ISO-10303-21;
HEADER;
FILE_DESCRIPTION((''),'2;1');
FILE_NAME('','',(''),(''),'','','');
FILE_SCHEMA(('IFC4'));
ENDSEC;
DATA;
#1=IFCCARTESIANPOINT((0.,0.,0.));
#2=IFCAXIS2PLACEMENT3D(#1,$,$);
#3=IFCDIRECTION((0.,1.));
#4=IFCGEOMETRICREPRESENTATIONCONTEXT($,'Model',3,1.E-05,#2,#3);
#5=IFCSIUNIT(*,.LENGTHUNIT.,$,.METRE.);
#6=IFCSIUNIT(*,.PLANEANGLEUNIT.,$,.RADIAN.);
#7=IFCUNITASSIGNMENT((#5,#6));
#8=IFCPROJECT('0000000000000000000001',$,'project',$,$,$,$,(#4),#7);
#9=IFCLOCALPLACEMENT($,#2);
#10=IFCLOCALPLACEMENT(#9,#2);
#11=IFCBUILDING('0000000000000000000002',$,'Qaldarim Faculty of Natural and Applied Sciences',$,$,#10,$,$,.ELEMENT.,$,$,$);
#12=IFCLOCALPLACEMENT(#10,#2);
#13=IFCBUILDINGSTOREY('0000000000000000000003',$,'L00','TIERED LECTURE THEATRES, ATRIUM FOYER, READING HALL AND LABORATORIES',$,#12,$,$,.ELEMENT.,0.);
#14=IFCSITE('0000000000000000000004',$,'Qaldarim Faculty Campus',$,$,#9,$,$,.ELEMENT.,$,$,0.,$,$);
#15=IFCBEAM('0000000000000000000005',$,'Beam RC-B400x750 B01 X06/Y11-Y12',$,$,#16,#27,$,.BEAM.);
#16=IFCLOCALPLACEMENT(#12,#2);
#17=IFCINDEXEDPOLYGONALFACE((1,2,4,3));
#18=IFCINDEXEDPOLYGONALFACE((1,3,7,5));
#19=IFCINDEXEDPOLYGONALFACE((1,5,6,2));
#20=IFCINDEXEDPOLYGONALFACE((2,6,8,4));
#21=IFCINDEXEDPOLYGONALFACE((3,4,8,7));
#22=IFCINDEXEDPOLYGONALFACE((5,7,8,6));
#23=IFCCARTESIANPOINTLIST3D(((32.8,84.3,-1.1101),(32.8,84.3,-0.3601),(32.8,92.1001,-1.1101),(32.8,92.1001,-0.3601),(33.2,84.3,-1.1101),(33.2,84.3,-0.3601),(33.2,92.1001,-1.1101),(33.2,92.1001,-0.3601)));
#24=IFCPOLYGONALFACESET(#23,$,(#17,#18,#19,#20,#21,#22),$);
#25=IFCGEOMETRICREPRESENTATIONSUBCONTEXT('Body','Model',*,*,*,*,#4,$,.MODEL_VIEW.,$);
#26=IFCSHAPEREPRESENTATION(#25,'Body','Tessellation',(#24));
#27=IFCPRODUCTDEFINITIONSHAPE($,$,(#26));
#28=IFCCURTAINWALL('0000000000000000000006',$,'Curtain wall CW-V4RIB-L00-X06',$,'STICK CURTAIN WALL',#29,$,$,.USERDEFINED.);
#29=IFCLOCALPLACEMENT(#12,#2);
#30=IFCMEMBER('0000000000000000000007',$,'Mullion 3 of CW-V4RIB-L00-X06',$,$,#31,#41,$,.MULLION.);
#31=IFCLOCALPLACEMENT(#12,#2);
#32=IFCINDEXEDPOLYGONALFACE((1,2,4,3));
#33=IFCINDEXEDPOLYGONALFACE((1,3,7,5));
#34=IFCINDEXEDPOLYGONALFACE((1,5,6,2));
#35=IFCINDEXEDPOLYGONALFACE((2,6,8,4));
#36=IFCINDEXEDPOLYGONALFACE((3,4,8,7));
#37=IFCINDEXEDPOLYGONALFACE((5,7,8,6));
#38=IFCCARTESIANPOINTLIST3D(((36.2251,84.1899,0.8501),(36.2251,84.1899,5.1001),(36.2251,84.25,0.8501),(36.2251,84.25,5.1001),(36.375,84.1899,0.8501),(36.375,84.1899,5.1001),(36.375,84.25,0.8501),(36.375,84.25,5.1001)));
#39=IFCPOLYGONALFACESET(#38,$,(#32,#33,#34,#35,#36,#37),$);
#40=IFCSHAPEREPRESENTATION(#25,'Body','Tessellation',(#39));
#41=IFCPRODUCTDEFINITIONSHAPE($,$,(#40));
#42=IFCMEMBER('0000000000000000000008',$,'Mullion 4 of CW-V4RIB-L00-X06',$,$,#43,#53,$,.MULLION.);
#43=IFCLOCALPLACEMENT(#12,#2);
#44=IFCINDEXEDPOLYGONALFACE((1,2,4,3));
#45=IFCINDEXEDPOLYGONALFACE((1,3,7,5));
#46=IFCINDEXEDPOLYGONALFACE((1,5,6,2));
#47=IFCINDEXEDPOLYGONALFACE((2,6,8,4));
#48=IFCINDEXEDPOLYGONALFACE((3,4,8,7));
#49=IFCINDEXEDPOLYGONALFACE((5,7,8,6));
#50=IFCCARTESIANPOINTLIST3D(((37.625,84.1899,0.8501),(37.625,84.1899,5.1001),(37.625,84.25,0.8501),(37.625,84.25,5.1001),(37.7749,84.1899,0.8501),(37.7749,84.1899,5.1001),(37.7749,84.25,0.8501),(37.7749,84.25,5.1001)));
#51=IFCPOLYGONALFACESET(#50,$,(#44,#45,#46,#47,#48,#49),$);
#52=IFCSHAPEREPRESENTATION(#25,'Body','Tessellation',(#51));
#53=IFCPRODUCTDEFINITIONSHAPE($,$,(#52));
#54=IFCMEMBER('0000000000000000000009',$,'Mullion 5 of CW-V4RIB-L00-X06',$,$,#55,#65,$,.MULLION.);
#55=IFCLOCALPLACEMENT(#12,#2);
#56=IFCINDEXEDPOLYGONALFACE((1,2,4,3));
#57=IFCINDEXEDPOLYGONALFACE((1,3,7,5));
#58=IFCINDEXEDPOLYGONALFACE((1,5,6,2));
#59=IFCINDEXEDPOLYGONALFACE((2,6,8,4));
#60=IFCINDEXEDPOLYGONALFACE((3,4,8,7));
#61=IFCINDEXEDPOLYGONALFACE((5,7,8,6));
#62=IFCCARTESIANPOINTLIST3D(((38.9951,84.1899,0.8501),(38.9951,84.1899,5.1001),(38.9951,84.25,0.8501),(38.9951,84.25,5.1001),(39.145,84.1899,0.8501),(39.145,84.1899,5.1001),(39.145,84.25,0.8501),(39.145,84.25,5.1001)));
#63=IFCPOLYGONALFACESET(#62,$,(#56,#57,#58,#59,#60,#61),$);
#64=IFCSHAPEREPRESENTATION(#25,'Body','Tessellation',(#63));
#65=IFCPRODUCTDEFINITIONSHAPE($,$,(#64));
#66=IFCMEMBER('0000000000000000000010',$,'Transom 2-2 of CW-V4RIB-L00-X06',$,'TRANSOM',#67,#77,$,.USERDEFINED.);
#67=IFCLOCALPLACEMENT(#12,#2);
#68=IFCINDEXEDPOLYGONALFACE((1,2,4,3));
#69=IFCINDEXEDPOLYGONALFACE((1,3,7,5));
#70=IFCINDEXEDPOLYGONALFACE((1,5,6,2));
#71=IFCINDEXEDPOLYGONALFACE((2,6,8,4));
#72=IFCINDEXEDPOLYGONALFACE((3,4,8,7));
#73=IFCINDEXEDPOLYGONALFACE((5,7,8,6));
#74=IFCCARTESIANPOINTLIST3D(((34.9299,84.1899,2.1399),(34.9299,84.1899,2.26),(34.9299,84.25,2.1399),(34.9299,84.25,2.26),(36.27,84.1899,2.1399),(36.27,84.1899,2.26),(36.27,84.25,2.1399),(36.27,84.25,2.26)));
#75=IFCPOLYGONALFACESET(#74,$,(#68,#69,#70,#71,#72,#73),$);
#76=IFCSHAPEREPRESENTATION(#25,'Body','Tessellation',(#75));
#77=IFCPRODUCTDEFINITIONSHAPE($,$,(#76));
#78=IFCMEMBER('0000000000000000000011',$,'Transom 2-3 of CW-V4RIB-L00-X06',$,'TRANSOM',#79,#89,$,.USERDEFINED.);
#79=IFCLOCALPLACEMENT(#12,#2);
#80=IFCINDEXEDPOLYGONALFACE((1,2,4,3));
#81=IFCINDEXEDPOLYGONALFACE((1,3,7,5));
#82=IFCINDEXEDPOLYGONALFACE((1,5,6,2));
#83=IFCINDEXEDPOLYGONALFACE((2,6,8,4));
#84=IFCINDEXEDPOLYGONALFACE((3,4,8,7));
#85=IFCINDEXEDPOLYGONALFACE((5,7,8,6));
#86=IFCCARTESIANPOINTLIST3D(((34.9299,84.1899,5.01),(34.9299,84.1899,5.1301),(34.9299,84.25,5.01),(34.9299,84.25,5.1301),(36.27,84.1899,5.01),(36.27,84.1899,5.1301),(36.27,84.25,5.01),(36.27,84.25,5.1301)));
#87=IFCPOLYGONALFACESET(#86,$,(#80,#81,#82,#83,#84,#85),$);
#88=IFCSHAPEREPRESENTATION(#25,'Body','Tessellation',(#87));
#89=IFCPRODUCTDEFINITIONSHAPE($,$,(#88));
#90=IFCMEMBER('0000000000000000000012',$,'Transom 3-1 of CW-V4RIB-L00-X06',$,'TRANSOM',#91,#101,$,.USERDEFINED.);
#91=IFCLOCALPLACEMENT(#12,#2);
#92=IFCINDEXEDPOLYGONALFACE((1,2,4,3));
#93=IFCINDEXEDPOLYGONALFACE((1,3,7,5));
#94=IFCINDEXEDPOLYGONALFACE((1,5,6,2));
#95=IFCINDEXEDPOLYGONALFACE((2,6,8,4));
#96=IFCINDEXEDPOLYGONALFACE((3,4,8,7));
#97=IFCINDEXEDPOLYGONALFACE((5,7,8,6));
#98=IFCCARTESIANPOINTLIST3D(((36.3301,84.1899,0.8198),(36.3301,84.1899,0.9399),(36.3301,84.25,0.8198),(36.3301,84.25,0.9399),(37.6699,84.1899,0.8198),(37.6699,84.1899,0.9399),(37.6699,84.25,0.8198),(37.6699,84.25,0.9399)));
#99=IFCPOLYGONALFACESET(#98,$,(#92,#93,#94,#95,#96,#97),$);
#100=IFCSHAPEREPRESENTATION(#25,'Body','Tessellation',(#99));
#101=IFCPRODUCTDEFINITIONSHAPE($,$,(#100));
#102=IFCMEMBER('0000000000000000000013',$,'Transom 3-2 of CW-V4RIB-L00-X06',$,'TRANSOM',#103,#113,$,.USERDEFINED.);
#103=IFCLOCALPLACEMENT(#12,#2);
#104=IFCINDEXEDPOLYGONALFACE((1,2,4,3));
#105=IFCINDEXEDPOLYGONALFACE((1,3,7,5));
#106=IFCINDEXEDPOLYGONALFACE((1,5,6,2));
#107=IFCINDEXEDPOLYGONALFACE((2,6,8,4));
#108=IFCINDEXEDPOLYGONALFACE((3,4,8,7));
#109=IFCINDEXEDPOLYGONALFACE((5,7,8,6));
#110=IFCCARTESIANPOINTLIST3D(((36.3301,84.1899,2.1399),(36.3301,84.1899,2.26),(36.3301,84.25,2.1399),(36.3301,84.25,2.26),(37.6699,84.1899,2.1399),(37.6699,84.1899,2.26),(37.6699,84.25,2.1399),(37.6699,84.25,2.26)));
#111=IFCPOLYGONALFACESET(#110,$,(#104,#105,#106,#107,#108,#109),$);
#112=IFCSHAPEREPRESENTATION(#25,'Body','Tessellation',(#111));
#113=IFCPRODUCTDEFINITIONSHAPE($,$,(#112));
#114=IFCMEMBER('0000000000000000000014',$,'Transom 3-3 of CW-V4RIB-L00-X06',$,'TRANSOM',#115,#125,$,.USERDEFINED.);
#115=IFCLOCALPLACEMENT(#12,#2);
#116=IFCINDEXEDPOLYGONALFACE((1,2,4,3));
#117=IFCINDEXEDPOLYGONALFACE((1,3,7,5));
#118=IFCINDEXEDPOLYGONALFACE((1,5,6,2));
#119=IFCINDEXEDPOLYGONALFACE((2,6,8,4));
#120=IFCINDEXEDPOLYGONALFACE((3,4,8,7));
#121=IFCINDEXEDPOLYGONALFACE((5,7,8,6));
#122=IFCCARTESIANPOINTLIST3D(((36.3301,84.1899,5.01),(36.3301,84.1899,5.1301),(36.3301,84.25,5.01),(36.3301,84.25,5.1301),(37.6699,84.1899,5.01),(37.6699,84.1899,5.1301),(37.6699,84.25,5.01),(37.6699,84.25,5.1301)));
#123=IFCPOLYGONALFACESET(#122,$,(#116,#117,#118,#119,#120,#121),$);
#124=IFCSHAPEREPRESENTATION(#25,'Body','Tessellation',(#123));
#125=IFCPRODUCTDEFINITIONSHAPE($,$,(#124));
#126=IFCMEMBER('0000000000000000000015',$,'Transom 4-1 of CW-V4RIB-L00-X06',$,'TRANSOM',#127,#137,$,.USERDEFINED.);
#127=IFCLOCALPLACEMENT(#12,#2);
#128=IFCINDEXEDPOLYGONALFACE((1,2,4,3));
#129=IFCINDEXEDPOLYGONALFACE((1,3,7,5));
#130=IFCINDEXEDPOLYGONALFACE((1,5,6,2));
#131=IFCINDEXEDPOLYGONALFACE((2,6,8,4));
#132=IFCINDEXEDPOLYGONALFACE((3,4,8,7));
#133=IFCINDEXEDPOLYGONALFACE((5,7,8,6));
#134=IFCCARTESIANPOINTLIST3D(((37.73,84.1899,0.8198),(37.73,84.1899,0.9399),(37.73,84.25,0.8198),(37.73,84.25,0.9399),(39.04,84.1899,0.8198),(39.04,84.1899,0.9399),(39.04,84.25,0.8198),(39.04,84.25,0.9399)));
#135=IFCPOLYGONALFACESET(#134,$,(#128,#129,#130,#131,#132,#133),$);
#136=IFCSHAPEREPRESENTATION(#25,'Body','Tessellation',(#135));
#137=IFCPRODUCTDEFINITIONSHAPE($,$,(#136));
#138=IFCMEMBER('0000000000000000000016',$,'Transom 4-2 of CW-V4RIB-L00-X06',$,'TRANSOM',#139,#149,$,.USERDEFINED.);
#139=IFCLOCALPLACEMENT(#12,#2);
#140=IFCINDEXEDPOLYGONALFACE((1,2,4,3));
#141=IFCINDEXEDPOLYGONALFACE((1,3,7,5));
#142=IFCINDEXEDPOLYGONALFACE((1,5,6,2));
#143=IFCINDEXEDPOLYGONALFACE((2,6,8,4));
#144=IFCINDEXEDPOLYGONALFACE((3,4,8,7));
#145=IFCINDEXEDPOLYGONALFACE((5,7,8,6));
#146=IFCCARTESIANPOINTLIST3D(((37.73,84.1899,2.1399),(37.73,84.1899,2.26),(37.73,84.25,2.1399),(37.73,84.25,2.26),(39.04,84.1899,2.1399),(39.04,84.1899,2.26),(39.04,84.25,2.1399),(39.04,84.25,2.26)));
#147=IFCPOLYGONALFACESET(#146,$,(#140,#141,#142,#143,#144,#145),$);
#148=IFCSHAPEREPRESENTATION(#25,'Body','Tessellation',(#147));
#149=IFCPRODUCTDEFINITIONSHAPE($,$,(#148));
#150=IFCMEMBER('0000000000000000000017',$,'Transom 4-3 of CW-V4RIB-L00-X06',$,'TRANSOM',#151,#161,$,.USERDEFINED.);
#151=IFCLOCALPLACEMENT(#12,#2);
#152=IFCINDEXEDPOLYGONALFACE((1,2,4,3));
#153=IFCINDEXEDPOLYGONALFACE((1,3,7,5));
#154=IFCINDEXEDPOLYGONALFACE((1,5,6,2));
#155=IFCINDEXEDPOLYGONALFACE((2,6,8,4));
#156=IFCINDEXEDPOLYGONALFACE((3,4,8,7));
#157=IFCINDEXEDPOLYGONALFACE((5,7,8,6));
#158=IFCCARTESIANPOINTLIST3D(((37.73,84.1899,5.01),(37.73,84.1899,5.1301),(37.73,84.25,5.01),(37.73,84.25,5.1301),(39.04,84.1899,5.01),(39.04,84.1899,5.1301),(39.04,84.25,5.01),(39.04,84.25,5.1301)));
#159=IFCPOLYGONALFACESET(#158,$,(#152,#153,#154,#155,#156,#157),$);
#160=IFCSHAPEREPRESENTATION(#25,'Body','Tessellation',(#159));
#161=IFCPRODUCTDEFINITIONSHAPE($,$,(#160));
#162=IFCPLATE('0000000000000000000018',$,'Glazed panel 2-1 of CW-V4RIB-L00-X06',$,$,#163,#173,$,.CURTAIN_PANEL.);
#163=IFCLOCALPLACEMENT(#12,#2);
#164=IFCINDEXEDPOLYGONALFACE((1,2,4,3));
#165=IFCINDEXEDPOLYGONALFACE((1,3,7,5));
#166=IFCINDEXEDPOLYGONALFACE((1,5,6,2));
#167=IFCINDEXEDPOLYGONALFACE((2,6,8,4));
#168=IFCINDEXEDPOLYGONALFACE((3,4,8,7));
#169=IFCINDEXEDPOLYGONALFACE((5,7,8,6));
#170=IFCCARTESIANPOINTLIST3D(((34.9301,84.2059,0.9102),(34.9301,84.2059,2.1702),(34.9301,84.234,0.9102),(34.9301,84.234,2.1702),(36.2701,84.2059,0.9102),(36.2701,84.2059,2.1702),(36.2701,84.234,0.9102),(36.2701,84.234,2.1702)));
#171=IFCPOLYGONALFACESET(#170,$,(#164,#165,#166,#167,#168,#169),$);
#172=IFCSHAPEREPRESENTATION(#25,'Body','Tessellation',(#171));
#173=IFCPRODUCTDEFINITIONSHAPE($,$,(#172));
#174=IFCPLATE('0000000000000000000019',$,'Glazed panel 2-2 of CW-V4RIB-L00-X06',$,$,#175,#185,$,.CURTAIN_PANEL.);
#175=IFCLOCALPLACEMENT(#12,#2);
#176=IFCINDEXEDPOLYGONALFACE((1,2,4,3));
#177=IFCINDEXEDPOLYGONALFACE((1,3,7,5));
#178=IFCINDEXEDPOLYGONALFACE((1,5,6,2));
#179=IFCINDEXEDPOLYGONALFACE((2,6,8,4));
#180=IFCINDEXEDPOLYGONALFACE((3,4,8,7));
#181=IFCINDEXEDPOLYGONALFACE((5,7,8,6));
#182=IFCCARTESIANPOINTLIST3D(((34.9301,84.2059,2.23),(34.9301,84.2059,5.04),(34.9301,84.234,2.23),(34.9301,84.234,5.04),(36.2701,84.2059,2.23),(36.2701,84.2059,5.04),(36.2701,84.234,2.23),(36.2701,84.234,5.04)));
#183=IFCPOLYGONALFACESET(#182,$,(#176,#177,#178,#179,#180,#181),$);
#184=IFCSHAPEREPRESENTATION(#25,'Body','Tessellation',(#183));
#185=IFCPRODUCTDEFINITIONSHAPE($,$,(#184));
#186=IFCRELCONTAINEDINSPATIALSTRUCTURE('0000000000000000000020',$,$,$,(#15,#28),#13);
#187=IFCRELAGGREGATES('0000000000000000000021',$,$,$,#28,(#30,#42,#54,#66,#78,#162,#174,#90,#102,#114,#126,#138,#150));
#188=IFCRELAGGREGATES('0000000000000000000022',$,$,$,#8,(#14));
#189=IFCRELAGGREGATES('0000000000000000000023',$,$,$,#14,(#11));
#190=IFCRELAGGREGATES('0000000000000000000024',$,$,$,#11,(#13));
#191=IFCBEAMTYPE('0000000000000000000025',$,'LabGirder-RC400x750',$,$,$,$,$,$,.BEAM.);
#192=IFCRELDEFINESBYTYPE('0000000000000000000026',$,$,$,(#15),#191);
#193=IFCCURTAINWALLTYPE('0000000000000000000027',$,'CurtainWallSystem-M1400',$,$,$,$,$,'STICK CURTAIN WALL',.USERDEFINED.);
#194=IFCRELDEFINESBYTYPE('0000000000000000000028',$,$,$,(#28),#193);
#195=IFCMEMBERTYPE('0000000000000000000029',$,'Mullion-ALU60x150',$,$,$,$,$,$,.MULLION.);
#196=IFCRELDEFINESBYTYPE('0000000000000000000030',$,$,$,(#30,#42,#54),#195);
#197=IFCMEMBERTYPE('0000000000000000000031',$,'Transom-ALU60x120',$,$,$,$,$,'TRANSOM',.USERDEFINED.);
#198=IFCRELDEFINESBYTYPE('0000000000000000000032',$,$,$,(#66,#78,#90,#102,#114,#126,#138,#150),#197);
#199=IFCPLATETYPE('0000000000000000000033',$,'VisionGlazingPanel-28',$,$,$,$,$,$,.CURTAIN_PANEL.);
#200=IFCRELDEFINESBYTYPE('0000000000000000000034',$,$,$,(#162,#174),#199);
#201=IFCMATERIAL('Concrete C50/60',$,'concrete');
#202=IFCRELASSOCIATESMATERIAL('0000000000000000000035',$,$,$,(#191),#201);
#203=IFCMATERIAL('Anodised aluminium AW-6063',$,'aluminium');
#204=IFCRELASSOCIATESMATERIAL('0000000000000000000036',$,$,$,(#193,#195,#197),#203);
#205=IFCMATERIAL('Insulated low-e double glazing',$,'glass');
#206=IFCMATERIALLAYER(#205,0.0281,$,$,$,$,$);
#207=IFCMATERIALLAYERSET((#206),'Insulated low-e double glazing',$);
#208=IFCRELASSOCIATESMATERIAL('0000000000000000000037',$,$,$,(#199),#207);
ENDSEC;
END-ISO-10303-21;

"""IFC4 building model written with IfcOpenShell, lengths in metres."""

from ifc_helpers import new_model, si_unit, direction, frame, origin, origin_2d, place, context, subcontext, project, spatial, rectangle, extrude, material, layer, layer_set, material_profile, profile_set, type_object, element, aggregate, save


model = new_model("IFC4")

# Units and contexts
model_context = context("Model", 3, precision=1e-05, world=origin(), true_north=direction((0.0, 1.0)))
body_context = subcontext(model_context, "Body", "Model", "MODEL_VIEW")
ifc_project = project(units=[si_unit("LENGTHUNIT", "METRE"), si_unit("PLANEANGLEUNIT", "RADIAN")], contexts=[model_context])

# Site, building, storey
site_placement = place(None, origin())
site = spatial("IfcSite", under=ifc_project, at=site_placement, Name="Qaldarim Faculty Campus", CompositionType="ELEMENT", RefElevation=0.0)
building_placement = place(site_placement, origin())
building = spatial("IfcBuilding", under=site, at=building_placement, Name="Qaldarim Faculty of Natural and Applied Sciences", CompositionType="ELEMENT")
storey_placement = place(building_placement, origin())
storey = spatial("IfcBuildingStorey", under=building, at=storey_placement, Name="L00", Description="TIERED LECTURE THEATRES, ATRIUM FOYER, READING HALL AND LABORATORIES", CompositionType="ELEMENT", Elevation=0.0)

# Beam
ifc_material_1 = material(Name="Concrete C50/60", Category="concrete")
ifc_material_profile_1 = material_profile(ifc_material_1, rectangle(XDim=0.3999, YDim=0.75, at=origin_2d()), Name="RC-B400x750")
ifc_profile_set_1 = profile_set([ifc_material_profile_1], Name="Concrete C50/60")
beam_type = type_object("IfcBeamType", Name="LabGirder-RC400x750", PredefinedType="BEAM", material=ifc_profile_set_1)
beam_placement = place(storey_placement, frame((33.0, 84.3, -0.7351), z_axis=(0.0, 1.0, 0.0), x_axis=(-1.0, 0.0, 0.0)))
element("IfcBeam", 1, at=beam_placement, inside=storey, type_object=beam_type, Name="Beam RC-B400x750 B01 X06/Y11-Y12", PredefinedType="BEAM", context=body_context, shape_type="SweptSolid", body=[
    extrude(rectangle(XDim=0.3999, YDim=0.75, at=origin_2d()), origin(), (0.0, 0.0, 1.0), 7.8),
])

# Curtain wall, members, plates
ifc_material_2 = material(Name="Anodised aluminium AW-6063", Category="aluminium")
curtain_wall_type = type_object("IfcCurtainWallType", Name="CurtainWallSystem-M1400", ElementType="STICK CURTAIN WALL", PredefinedType="USERDEFINED", material=ifc_material_2)
curtain_wall_placement = place(storey_placement, origin())
curtain_wall = element("IfcCurtainWall", 2, at=curtain_wall_placement, inside=storey, type_object=curtain_wall_type, Name="Curtain wall CW-V4RIB-L00-X06", ObjectType="STICK CURTAIN WALL", PredefinedType="USERDEFINED")
ifc_material_profile_2 = material_profile(ifc_material_2, rectangle(XDim=0.0601, YDim=0.1499, at=origin_2d()), Name="ALU-M60x150")
ifc_profile_set_2 = profile_set([ifc_material_profile_2], Name="Anodised aluminium AW-6063")
member_type_1 = type_object("IfcMemberType", Name="Mullion-ALU60x150", PredefinedType="MULLION", material=ifc_profile_set_2)
member_1_placement = place(storey_placement, frame((36.3, 84.22, 0.8501), z_axis=(0.0, 0.0, 1.0), x_axis=(0.0, 1.0, 0.0)))
member_1 = element("IfcMember", 3, at=member_1_placement, type_object=member_type_1, Name="Mullion 3 of CW-V4RIB-L00-X06", PredefinedType="MULLION", context=body_context, shape_type="SweptSolid", body=[
    extrude(rectangle(XDim=0.0601, YDim=0.1499, at=origin_2d()), origin(), (0.0, 0.0, 1.0), 4.25),
])
member_2_placement = place(storey_placement, frame((37.7, 84.22, 0.8501), z_axis=(0.0, 0.0, 1.0), x_axis=(0.0, 1.0, 0.0)))
member_2 = element("IfcMember", 4, at=member_2_placement, type_object=member_type_1, Name="Mullion 4 of CW-V4RIB-L00-X06", PredefinedType="MULLION", context=body_context, shape_type="SweptSolid", body=[
    extrude(rectangle(XDim=0.0601, YDim=0.1499, at=origin_2d()), origin(), (0.0, 0.0, 1.0), 4.25),
])
member_3_placement = place(storey_placement, frame((39.0701, 84.22, 0.8501), z_axis=(0.0, 0.0, 1.0), x_axis=(0.0, 1.0, 0.0)))
member_3 = element("IfcMember", 5, at=member_3_placement, type_object=member_type_1, Name="Mullion 5 of CW-V4RIB-L00-X06", PredefinedType="MULLION", context=body_context, shape_type="SweptSolid", body=[
    extrude(rectangle(XDim=0.0601, YDim=0.1499, at=origin_2d()), origin(), (0.0, 0.0, 1.0), 4.25),
])
ifc_material_profile_3 = material_profile(ifc_material_2, rectangle(XDim=0.0601, YDim=0.1201, at=origin_2d()), Name="ALU-T60x120")
ifc_profile_set_3 = profile_set([ifc_material_profile_3], Name="Anodised aluminium AW-6063")
member_type_2 = type_object("IfcMemberType", Name="Transom-ALU60x120", ElementType="TRANSOM", PredefinedType="USERDEFINED", material=ifc_profile_set_3)
member_4_placement = place(storey_placement, frame((34.9299, 84.22, 2.2), z_axis=(1.0, 0.0, 0.0), x_axis=(0.0, 1.0, 0.0)))
member_4 = element("IfcMember", 6, at=member_4_placement, type_object=member_type_2, Name="Transom 2-2 of CW-V4RIB-L00-X06", ObjectType="TRANSOM", PredefinedType="USERDEFINED", context=body_context, shape_type="SweptSolid", body=[
    extrude(rectangle(XDim=0.0601, YDim=0.1201, at=origin_2d()), origin(), (0.0, 0.0, 1.0), 1.3401),
])
member_5_placement = place(storey_placement, frame((34.9299, 84.22, 5.0701), z_axis=(1.0, 0.0, 0.0), x_axis=(0.0, 1.0, 0.0)))
member_5 = element("IfcMember", 7, at=member_5_placement, type_object=member_type_2, Name="Transom 2-3 of CW-V4RIB-L00-X06", ObjectType="TRANSOM", PredefinedType="USERDEFINED", context=body_context, shape_type="SweptSolid", body=[
    extrude(rectangle(XDim=0.0601, YDim=0.1201, at=origin_2d()), origin(), (0.0, 0.0, 1.0), 1.3401),
])
member_6_placement = place(storey_placement, frame((36.3301, 84.22, 0.8799), z_axis=(1.0, 0.0, 0.0), x_axis=(0.0, 1.0, 0.0)))
member_6 = element("IfcMember", 8, at=member_6_placement, type_object=member_type_2, Name="Transom 3-1 of CW-V4RIB-L00-X06", ObjectType="TRANSOM", PredefinedType="USERDEFINED", context=body_context, shape_type="SweptSolid", body=[
    extrude(rectangle(XDim=0.0601, YDim=0.1201, at=origin_2d()), origin(), (0.0, 0.0, 1.0), 1.3398),
])
member_7_placement = place(storey_placement, frame((36.3301, 84.22, 2.2), z_axis=(1.0, 0.0, 0.0), x_axis=(0.0, 1.0, 0.0)))
member_7 = element("IfcMember", 9, at=member_7_placement, type_object=member_type_2, Name="Transom 3-2 of CW-V4RIB-L00-X06", ObjectType="TRANSOM", PredefinedType="USERDEFINED", context=body_context, shape_type="SweptSolid", body=[
    extrude(rectangle(XDim=0.0601, YDim=0.1201, at=origin_2d()), origin(), (0.0, 0.0, 1.0), 1.3398),
])
member_8_placement = place(storey_placement, frame((36.3301, 84.22, 5.0701), z_axis=(1.0, 0.0, 0.0), x_axis=(0.0, 1.0, 0.0)))
member_8 = element("IfcMember", 10, at=member_8_placement, type_object=member_type_2, Name="Transom 3-3 of CW-V4RIB-L00-X06", ObjectType="TRANSOM", PredefinedType="USERDEFINED", context=body_context, shape_type="SweptSolid", body=[
    extrude(rectangle(XDim=0.0601, YDim=0.1201, at=origin_2d()), origin(), (0.0, 0.0, 1.0), 1.3398),
])
member_9_placement = place(storey_placement, frame((37.73, 84.22, 0.8799), z_axis=(1.0, 0.0, 0.0), x_axis=(0.0, 1.0, 0.0)))
member_9 = element("IfcMember", 11, at=member_9_placement, type_object=member_type_2, Name="Transom 4-1 of CW-V4RIB-L00-X06", ObjectType="TRANSOM", PredefinedType="USERDEFINED", context=body_context, shape_type="SweptSolid", body=[
    extrude(rectangle(XDim=0.0601, YDim=0.1201, at=origin_2d()), origin(), (0.0, 0.0, 1.0), 1.3101),
])
member_10_placement = place(storey_placement, frame((37.73, 84.22, 2.2), z_axis=(1.0, 0.0, 0.0), x_axis=(0.0, 1.0, 0.0)))
member_10 = element("IfcMember", 12, at=member_10_placement, type_object=member_type_2, Name="Transom 4-2 of CW-V4RIB-L00-X06", ObjectType="TRANSOM", PredefinedType="USERDEFINED", context=body_context, shape_type="SweptSolid", body=[
    extrude(rectangle(XDim=0.0601, YDim=0.1201, at=origin_2d()), origin(), (0.0, 0.0, 1.0), 1.3101),
])
member_11_placement = place(storey_placement, frame((37.73, 84.22, 5.0701), z_axis=(1.0, 0.0, 0.0), x_axis=(0.0, 1.0, 0.0)))
member_11 = element("IfcMember", 13, at=member_11_placement, type_object=member_type_2, Name="Transom 4-3 of CW-V4RIB-L00-X06", ObjectType="TRANSOM", PredefinedType="USERDEFINED", context=body_context, shape_type="SweptSolid", body=[
    extrude(rectangle(XDim=0.0601, YDim=0.1201, at=origin_2d()), origin(), (0.0, 0.0, 1.0), 1.3101),
])
ifc_material_3 = material(Name="Insulated low-e double glazing", Category="glass")
ifc_layer = layer(ifc_material_3, 0.0281)
ifc_layer_set = layer_set([ifc_layer], Name="Insulated low-e double glazing")
plate_type = type_object("IfcPlateType", Name="VisionGlazingPanel-28", PredefinedType="CURTAIN_PANEL", material=ifc_layer_set)
plate_1_placement = place(storey_placement, frame((35.6001, 84.22, 0.9102), z_axis=(0.0, 0.0, 1.0), x_axis=(1.0, 0.0, 0.0)))
plate_1 = element("IfcPlate", 14, at=plate_1_placement, type_object=plate_type, Name="Glazed panel 2-1 of CW-V4RIB-L00-X06", PredefinedType="CURTAIN_PANEL", context=body_context, shape_type="SweptSolid", body=[
    extrude(rectangle(XDim=1.3401, YDim=0.0281, at=origin_2d()), origin(), (0.0, 0.0, 1.0), 1.26),
])
plate_2_placement = place(storey_placement, frame((35.6001, 84.22, 2.23), z_axis=(0.0, 0.0, 1.0), x_axis=(1.0, 0.0, 0.0)))
plate_2 = element("IfcPlate", 15, at=plate_2_placement, type_object=plate_type, Name="Glazed panel 2-2 of CW-V4RIB-L00-X06", PredefinedType="CURTAIN_PANEL", context=body_context, shape_type="SweptSolid", body=[
    extrude(rectangle(XDim=1.3401, YDim=0.0281, at=origin_2d()), origin(), (0.0, 0.0, 1.0), 2.8101),
])
aggregate(curtain_wall, [member_1, member_2, member_3, member_4, member_5, plate_1, plate_2, member_6, member_7, member_8, member_9, member_10, member_11])

save(model, "model.ifc")
